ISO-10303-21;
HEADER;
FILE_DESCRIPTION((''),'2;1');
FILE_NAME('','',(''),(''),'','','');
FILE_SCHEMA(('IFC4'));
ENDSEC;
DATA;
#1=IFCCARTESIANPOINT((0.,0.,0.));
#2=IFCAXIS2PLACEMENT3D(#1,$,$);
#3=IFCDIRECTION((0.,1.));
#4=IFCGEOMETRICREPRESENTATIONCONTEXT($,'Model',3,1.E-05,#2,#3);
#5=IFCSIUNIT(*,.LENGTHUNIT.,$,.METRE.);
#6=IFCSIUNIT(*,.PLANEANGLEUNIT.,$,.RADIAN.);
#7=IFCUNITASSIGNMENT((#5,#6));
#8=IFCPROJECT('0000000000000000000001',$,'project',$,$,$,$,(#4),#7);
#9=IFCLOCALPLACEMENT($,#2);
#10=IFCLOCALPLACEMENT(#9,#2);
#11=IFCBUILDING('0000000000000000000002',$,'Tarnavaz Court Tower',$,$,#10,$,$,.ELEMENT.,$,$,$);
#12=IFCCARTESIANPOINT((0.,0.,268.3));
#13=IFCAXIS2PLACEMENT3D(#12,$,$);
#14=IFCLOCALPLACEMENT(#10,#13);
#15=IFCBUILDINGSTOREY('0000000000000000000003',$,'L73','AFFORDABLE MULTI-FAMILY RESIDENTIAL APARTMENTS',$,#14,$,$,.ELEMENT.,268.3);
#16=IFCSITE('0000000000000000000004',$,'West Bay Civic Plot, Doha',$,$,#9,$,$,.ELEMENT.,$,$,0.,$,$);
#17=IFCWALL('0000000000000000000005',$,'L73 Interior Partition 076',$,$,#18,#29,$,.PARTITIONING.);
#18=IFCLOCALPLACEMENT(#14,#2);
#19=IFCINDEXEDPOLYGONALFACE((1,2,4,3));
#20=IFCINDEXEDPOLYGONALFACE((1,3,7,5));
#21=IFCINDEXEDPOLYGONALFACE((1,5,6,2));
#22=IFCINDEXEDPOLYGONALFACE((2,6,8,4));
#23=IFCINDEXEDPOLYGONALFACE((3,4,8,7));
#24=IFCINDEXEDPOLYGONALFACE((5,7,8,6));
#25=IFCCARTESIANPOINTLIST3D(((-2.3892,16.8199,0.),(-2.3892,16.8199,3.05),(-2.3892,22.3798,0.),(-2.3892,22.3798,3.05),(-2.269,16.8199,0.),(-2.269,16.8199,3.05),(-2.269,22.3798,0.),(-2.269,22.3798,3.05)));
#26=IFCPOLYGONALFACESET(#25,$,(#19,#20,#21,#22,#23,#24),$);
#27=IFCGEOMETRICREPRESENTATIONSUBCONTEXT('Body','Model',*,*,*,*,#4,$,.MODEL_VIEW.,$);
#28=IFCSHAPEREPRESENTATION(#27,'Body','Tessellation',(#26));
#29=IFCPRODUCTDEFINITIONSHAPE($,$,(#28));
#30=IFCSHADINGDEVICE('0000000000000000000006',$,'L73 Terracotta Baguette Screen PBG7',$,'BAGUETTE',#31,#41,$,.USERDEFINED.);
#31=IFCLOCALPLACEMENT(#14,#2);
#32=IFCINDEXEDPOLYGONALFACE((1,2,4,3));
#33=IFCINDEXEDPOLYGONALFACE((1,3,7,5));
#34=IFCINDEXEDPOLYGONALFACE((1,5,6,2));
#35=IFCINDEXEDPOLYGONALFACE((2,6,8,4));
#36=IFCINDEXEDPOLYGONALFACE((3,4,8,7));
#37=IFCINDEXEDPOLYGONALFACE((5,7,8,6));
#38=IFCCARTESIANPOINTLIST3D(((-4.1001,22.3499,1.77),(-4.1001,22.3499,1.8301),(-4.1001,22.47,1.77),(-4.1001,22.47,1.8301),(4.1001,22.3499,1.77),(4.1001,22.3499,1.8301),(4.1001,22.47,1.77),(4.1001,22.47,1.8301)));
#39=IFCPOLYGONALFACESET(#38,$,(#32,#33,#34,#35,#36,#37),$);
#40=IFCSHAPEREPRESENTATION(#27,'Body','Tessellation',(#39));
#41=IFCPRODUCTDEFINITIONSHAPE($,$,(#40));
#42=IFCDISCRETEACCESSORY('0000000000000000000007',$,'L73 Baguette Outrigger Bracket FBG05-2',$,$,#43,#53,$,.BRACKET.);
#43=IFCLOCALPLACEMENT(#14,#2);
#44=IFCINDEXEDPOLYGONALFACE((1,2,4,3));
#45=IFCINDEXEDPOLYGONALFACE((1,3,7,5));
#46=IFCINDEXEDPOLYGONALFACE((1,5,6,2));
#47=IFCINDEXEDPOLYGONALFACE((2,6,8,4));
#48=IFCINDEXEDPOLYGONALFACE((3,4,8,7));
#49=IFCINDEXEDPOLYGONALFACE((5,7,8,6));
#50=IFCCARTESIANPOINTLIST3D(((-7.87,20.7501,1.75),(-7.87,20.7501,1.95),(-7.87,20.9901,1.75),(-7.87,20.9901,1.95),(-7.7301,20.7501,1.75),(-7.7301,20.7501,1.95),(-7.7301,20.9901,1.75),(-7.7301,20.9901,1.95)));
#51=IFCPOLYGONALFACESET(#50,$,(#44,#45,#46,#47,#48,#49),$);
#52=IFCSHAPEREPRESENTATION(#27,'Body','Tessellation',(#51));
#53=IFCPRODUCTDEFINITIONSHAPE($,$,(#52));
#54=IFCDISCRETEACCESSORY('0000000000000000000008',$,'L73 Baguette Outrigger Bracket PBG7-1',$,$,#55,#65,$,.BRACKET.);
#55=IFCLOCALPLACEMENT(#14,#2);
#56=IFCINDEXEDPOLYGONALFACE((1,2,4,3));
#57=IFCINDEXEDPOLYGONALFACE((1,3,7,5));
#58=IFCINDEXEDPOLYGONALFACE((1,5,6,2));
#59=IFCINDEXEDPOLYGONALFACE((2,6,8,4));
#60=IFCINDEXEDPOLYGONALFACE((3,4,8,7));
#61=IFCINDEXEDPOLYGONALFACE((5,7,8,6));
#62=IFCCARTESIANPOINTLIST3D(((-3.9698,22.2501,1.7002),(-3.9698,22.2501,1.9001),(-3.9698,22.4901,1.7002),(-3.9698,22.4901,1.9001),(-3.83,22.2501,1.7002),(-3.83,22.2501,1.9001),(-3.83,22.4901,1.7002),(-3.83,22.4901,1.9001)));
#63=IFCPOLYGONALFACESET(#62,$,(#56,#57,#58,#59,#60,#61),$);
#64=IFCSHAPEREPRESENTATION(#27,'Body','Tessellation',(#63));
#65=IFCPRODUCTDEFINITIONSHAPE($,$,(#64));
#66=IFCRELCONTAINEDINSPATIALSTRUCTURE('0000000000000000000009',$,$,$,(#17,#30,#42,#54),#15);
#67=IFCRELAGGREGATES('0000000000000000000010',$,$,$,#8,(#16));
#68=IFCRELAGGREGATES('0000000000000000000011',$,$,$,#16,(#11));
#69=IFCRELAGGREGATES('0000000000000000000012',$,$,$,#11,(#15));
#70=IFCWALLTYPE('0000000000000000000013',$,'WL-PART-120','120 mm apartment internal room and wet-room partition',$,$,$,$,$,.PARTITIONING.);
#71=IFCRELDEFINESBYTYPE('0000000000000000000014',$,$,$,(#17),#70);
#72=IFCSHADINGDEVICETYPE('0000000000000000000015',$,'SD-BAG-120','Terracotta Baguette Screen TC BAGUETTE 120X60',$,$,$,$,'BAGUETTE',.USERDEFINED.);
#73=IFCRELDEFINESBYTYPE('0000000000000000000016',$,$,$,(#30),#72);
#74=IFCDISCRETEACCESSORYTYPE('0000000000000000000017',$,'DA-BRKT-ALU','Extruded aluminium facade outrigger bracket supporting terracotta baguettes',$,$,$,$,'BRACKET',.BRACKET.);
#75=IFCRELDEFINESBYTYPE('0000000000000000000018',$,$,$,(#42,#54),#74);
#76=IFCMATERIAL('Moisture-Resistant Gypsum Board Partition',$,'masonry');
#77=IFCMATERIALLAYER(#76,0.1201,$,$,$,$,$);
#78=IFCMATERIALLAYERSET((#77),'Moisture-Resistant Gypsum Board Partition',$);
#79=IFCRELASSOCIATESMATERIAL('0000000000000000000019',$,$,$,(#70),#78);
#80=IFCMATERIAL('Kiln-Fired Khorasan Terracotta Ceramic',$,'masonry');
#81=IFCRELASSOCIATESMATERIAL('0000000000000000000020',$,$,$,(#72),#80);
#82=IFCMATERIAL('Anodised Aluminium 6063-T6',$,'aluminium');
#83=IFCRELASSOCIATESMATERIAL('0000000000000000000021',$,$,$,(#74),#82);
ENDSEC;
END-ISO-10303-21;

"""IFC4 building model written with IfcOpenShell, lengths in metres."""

from ifc_helpers import new_model, si_unit, direction, frame, frame_2d, origin, origin_2d, place, context, subcontext, project, spatial, rectangle, extrude, material, layer, layer_set, material_profile, profile_set, type_object, element, save


model = new_model("IFC4")

# Units and contexts
model_context = context("Model", 3, precision=1e-05, world=origin(), true_north=direction((0.0, 1.0)))
body_context = subcontext(model_context, "Body", "Model", "MODEL_VIEW")
ifc_project = project(units=[si_unit("LENGTHUNIT", "METRE"), si_unit("PLANEANGLEUNIT", "RADIAN")], contexts=[model_context])

# Site, building, storey
site_placement = place(None, origin())
site = spatial("IfcSite", under=ifc_project, at=site_placement, Name="West Bay Civic Plot, Doha", CompositionType="ELEMENT", RefElevation=0.0)
building_placement = place(site_placement, origin())
building = spatial("IfcBuilding", under=site, at=building_placement, Name="Tarnavaz Court Tower", CompositionType="ELEMENT")
storey_placement = place(building_placement, frame((0.0, 0.0, 268.3)))
storey = spatial("IfcBuildingStorey", under=building, at=storey_placement, Name="L73", Description="AFFORDABLE MULTI-FAMILY RESIDENTIAL APARTMENTS", CompositionType="ELEMENT", Elevation=268.3)

# Shared definitions
ifc_material_1 = material(Name="Anodised Aluminium 6063-T6", Category="aluminium")

# Shared definitions
ifc_material_2 = material(Name="Moisture-Resistant Gypsum Board Partition", Category="masonry")
ifc_layer_1 = layer(ifc_material_2, 0.1201)
ifc_layer_set_1 = layer_set([ifc_layer_1], Name="Moisture-Resistant Gypsum Board Partition")
wall_type_1 = type_object("IfcWallType", Name="WL-PART-120", Description="120 mm apartment internal room and wet-room partition", PredefinedType="PARTITIONING", material=ifc_layer_set_1)

# Wall
wall_1_placement = place(storey_placement, frame((-2.3291, 16.8201, 0.0), z_axis=(0.0, 0.0, 1.0), x_axis=(0.0, 1.0, 0.0)))
element("IfcWall", 1, at=wall_1_placement, inside=storey, type_object=wall_type_1, Name="L73 Interior Partition 076", PredefinedType="PARTITIONING", context=body_context, shape_type="SweptSolid", body=[
    extrude(rectangle(XDim=5.5598, YDim=0.1201, at=frame_2d((2.7798, 0.0))), origin(), (0.0, 0.0, 1.0), 3.05),
])

# Shading device
ifc_material_3 = material(Name="Kiln-Fired Khorasan Terracotta Ceramic", Category="masonry")
ifc_material_profile_1 = material_profile(ifc_material_3, rectangle(XDim=0.1201, YDim=0.0601, at=origin_2d()), Name="TC BAGUETTE 120X60")
ifc_profile_set_1 = profile_set([ifc_material_profile_1], Name="Kiln-Fired Khorasan Terracotta Ceramic")
shading_device_type = type_object("IfcShadingDeviceType", Name="SD-BAG-120", Description="Terracotta Baguette Screen TC BAGUETTE 120X60", ElementType="BAGUETTE", PredefinedType="USERDEFINED", material=ifc_profile_set_1)
shading_device_placement = place(storey_placement, frame((-4.1001, 22.4099, 1.8), z_axis=(1.0, 0.0, 0.0), x_axis=(0.0, 1.0, 0.0)))
element("IfcShadingDevice", 2, at=shading_device_placement, inside=storey, type_object=shading_device_type, Name="L73 Terracotta Baguette Screen PBG7", ObjectType="BAGUETTE", PredefinedType="USERDEFINED", context=body_context, shape_type="SweptSolid", body=[
    extrude(rectangle(XDim=0.1201, YDim=0.0601, at=origin_2d()), origin(), (0.0, 0.0, 1.0), 8.2002),
])

# Discrete accessories
discrete_accessory_type = type_object("IfcDiscreteAccessoryType", Name="DA-BRKT-ALU", Description="Extruded aluminium facade outrigger bracket supporting terracotta baguettes", ElementType="BRACKET", PredefinedType="BRACKET", material=ifc_material_1)
for number, where, z_axis, x_axis, name in (
    (3, (-7.8, 20.8701, 1.75), (0.0, 0.0, 1.0), (1.0, 0.0, 0.0), "L73 Baguette Outrigger Bracket FBG05-2"),
    (4, (-3.8999, 22.3701, 1.7002), (0.0, 0.0, 1.0), (1.0, 0.0, 0.0), "L73 Baguette Outrigger Bracket PBG7-1"),
):
    element("IfcDiscreteAccessory", number, at=place(storey_placement, frame(where, z_axis=z_axis, x_axis=x_axis)), inside=storey, type_object=discrete_accessory_type, Name=name, PredefinedType="BRACKET", context=body_context, shape_type="SweptSolid", body=[
        extrude(rectangle(XDim=0.1399, YDim=0.24, at=origin_2d()), origin(), (0.0, 0.0, 1.0), 0.2),
    ])

save(model, "model.ifc")
